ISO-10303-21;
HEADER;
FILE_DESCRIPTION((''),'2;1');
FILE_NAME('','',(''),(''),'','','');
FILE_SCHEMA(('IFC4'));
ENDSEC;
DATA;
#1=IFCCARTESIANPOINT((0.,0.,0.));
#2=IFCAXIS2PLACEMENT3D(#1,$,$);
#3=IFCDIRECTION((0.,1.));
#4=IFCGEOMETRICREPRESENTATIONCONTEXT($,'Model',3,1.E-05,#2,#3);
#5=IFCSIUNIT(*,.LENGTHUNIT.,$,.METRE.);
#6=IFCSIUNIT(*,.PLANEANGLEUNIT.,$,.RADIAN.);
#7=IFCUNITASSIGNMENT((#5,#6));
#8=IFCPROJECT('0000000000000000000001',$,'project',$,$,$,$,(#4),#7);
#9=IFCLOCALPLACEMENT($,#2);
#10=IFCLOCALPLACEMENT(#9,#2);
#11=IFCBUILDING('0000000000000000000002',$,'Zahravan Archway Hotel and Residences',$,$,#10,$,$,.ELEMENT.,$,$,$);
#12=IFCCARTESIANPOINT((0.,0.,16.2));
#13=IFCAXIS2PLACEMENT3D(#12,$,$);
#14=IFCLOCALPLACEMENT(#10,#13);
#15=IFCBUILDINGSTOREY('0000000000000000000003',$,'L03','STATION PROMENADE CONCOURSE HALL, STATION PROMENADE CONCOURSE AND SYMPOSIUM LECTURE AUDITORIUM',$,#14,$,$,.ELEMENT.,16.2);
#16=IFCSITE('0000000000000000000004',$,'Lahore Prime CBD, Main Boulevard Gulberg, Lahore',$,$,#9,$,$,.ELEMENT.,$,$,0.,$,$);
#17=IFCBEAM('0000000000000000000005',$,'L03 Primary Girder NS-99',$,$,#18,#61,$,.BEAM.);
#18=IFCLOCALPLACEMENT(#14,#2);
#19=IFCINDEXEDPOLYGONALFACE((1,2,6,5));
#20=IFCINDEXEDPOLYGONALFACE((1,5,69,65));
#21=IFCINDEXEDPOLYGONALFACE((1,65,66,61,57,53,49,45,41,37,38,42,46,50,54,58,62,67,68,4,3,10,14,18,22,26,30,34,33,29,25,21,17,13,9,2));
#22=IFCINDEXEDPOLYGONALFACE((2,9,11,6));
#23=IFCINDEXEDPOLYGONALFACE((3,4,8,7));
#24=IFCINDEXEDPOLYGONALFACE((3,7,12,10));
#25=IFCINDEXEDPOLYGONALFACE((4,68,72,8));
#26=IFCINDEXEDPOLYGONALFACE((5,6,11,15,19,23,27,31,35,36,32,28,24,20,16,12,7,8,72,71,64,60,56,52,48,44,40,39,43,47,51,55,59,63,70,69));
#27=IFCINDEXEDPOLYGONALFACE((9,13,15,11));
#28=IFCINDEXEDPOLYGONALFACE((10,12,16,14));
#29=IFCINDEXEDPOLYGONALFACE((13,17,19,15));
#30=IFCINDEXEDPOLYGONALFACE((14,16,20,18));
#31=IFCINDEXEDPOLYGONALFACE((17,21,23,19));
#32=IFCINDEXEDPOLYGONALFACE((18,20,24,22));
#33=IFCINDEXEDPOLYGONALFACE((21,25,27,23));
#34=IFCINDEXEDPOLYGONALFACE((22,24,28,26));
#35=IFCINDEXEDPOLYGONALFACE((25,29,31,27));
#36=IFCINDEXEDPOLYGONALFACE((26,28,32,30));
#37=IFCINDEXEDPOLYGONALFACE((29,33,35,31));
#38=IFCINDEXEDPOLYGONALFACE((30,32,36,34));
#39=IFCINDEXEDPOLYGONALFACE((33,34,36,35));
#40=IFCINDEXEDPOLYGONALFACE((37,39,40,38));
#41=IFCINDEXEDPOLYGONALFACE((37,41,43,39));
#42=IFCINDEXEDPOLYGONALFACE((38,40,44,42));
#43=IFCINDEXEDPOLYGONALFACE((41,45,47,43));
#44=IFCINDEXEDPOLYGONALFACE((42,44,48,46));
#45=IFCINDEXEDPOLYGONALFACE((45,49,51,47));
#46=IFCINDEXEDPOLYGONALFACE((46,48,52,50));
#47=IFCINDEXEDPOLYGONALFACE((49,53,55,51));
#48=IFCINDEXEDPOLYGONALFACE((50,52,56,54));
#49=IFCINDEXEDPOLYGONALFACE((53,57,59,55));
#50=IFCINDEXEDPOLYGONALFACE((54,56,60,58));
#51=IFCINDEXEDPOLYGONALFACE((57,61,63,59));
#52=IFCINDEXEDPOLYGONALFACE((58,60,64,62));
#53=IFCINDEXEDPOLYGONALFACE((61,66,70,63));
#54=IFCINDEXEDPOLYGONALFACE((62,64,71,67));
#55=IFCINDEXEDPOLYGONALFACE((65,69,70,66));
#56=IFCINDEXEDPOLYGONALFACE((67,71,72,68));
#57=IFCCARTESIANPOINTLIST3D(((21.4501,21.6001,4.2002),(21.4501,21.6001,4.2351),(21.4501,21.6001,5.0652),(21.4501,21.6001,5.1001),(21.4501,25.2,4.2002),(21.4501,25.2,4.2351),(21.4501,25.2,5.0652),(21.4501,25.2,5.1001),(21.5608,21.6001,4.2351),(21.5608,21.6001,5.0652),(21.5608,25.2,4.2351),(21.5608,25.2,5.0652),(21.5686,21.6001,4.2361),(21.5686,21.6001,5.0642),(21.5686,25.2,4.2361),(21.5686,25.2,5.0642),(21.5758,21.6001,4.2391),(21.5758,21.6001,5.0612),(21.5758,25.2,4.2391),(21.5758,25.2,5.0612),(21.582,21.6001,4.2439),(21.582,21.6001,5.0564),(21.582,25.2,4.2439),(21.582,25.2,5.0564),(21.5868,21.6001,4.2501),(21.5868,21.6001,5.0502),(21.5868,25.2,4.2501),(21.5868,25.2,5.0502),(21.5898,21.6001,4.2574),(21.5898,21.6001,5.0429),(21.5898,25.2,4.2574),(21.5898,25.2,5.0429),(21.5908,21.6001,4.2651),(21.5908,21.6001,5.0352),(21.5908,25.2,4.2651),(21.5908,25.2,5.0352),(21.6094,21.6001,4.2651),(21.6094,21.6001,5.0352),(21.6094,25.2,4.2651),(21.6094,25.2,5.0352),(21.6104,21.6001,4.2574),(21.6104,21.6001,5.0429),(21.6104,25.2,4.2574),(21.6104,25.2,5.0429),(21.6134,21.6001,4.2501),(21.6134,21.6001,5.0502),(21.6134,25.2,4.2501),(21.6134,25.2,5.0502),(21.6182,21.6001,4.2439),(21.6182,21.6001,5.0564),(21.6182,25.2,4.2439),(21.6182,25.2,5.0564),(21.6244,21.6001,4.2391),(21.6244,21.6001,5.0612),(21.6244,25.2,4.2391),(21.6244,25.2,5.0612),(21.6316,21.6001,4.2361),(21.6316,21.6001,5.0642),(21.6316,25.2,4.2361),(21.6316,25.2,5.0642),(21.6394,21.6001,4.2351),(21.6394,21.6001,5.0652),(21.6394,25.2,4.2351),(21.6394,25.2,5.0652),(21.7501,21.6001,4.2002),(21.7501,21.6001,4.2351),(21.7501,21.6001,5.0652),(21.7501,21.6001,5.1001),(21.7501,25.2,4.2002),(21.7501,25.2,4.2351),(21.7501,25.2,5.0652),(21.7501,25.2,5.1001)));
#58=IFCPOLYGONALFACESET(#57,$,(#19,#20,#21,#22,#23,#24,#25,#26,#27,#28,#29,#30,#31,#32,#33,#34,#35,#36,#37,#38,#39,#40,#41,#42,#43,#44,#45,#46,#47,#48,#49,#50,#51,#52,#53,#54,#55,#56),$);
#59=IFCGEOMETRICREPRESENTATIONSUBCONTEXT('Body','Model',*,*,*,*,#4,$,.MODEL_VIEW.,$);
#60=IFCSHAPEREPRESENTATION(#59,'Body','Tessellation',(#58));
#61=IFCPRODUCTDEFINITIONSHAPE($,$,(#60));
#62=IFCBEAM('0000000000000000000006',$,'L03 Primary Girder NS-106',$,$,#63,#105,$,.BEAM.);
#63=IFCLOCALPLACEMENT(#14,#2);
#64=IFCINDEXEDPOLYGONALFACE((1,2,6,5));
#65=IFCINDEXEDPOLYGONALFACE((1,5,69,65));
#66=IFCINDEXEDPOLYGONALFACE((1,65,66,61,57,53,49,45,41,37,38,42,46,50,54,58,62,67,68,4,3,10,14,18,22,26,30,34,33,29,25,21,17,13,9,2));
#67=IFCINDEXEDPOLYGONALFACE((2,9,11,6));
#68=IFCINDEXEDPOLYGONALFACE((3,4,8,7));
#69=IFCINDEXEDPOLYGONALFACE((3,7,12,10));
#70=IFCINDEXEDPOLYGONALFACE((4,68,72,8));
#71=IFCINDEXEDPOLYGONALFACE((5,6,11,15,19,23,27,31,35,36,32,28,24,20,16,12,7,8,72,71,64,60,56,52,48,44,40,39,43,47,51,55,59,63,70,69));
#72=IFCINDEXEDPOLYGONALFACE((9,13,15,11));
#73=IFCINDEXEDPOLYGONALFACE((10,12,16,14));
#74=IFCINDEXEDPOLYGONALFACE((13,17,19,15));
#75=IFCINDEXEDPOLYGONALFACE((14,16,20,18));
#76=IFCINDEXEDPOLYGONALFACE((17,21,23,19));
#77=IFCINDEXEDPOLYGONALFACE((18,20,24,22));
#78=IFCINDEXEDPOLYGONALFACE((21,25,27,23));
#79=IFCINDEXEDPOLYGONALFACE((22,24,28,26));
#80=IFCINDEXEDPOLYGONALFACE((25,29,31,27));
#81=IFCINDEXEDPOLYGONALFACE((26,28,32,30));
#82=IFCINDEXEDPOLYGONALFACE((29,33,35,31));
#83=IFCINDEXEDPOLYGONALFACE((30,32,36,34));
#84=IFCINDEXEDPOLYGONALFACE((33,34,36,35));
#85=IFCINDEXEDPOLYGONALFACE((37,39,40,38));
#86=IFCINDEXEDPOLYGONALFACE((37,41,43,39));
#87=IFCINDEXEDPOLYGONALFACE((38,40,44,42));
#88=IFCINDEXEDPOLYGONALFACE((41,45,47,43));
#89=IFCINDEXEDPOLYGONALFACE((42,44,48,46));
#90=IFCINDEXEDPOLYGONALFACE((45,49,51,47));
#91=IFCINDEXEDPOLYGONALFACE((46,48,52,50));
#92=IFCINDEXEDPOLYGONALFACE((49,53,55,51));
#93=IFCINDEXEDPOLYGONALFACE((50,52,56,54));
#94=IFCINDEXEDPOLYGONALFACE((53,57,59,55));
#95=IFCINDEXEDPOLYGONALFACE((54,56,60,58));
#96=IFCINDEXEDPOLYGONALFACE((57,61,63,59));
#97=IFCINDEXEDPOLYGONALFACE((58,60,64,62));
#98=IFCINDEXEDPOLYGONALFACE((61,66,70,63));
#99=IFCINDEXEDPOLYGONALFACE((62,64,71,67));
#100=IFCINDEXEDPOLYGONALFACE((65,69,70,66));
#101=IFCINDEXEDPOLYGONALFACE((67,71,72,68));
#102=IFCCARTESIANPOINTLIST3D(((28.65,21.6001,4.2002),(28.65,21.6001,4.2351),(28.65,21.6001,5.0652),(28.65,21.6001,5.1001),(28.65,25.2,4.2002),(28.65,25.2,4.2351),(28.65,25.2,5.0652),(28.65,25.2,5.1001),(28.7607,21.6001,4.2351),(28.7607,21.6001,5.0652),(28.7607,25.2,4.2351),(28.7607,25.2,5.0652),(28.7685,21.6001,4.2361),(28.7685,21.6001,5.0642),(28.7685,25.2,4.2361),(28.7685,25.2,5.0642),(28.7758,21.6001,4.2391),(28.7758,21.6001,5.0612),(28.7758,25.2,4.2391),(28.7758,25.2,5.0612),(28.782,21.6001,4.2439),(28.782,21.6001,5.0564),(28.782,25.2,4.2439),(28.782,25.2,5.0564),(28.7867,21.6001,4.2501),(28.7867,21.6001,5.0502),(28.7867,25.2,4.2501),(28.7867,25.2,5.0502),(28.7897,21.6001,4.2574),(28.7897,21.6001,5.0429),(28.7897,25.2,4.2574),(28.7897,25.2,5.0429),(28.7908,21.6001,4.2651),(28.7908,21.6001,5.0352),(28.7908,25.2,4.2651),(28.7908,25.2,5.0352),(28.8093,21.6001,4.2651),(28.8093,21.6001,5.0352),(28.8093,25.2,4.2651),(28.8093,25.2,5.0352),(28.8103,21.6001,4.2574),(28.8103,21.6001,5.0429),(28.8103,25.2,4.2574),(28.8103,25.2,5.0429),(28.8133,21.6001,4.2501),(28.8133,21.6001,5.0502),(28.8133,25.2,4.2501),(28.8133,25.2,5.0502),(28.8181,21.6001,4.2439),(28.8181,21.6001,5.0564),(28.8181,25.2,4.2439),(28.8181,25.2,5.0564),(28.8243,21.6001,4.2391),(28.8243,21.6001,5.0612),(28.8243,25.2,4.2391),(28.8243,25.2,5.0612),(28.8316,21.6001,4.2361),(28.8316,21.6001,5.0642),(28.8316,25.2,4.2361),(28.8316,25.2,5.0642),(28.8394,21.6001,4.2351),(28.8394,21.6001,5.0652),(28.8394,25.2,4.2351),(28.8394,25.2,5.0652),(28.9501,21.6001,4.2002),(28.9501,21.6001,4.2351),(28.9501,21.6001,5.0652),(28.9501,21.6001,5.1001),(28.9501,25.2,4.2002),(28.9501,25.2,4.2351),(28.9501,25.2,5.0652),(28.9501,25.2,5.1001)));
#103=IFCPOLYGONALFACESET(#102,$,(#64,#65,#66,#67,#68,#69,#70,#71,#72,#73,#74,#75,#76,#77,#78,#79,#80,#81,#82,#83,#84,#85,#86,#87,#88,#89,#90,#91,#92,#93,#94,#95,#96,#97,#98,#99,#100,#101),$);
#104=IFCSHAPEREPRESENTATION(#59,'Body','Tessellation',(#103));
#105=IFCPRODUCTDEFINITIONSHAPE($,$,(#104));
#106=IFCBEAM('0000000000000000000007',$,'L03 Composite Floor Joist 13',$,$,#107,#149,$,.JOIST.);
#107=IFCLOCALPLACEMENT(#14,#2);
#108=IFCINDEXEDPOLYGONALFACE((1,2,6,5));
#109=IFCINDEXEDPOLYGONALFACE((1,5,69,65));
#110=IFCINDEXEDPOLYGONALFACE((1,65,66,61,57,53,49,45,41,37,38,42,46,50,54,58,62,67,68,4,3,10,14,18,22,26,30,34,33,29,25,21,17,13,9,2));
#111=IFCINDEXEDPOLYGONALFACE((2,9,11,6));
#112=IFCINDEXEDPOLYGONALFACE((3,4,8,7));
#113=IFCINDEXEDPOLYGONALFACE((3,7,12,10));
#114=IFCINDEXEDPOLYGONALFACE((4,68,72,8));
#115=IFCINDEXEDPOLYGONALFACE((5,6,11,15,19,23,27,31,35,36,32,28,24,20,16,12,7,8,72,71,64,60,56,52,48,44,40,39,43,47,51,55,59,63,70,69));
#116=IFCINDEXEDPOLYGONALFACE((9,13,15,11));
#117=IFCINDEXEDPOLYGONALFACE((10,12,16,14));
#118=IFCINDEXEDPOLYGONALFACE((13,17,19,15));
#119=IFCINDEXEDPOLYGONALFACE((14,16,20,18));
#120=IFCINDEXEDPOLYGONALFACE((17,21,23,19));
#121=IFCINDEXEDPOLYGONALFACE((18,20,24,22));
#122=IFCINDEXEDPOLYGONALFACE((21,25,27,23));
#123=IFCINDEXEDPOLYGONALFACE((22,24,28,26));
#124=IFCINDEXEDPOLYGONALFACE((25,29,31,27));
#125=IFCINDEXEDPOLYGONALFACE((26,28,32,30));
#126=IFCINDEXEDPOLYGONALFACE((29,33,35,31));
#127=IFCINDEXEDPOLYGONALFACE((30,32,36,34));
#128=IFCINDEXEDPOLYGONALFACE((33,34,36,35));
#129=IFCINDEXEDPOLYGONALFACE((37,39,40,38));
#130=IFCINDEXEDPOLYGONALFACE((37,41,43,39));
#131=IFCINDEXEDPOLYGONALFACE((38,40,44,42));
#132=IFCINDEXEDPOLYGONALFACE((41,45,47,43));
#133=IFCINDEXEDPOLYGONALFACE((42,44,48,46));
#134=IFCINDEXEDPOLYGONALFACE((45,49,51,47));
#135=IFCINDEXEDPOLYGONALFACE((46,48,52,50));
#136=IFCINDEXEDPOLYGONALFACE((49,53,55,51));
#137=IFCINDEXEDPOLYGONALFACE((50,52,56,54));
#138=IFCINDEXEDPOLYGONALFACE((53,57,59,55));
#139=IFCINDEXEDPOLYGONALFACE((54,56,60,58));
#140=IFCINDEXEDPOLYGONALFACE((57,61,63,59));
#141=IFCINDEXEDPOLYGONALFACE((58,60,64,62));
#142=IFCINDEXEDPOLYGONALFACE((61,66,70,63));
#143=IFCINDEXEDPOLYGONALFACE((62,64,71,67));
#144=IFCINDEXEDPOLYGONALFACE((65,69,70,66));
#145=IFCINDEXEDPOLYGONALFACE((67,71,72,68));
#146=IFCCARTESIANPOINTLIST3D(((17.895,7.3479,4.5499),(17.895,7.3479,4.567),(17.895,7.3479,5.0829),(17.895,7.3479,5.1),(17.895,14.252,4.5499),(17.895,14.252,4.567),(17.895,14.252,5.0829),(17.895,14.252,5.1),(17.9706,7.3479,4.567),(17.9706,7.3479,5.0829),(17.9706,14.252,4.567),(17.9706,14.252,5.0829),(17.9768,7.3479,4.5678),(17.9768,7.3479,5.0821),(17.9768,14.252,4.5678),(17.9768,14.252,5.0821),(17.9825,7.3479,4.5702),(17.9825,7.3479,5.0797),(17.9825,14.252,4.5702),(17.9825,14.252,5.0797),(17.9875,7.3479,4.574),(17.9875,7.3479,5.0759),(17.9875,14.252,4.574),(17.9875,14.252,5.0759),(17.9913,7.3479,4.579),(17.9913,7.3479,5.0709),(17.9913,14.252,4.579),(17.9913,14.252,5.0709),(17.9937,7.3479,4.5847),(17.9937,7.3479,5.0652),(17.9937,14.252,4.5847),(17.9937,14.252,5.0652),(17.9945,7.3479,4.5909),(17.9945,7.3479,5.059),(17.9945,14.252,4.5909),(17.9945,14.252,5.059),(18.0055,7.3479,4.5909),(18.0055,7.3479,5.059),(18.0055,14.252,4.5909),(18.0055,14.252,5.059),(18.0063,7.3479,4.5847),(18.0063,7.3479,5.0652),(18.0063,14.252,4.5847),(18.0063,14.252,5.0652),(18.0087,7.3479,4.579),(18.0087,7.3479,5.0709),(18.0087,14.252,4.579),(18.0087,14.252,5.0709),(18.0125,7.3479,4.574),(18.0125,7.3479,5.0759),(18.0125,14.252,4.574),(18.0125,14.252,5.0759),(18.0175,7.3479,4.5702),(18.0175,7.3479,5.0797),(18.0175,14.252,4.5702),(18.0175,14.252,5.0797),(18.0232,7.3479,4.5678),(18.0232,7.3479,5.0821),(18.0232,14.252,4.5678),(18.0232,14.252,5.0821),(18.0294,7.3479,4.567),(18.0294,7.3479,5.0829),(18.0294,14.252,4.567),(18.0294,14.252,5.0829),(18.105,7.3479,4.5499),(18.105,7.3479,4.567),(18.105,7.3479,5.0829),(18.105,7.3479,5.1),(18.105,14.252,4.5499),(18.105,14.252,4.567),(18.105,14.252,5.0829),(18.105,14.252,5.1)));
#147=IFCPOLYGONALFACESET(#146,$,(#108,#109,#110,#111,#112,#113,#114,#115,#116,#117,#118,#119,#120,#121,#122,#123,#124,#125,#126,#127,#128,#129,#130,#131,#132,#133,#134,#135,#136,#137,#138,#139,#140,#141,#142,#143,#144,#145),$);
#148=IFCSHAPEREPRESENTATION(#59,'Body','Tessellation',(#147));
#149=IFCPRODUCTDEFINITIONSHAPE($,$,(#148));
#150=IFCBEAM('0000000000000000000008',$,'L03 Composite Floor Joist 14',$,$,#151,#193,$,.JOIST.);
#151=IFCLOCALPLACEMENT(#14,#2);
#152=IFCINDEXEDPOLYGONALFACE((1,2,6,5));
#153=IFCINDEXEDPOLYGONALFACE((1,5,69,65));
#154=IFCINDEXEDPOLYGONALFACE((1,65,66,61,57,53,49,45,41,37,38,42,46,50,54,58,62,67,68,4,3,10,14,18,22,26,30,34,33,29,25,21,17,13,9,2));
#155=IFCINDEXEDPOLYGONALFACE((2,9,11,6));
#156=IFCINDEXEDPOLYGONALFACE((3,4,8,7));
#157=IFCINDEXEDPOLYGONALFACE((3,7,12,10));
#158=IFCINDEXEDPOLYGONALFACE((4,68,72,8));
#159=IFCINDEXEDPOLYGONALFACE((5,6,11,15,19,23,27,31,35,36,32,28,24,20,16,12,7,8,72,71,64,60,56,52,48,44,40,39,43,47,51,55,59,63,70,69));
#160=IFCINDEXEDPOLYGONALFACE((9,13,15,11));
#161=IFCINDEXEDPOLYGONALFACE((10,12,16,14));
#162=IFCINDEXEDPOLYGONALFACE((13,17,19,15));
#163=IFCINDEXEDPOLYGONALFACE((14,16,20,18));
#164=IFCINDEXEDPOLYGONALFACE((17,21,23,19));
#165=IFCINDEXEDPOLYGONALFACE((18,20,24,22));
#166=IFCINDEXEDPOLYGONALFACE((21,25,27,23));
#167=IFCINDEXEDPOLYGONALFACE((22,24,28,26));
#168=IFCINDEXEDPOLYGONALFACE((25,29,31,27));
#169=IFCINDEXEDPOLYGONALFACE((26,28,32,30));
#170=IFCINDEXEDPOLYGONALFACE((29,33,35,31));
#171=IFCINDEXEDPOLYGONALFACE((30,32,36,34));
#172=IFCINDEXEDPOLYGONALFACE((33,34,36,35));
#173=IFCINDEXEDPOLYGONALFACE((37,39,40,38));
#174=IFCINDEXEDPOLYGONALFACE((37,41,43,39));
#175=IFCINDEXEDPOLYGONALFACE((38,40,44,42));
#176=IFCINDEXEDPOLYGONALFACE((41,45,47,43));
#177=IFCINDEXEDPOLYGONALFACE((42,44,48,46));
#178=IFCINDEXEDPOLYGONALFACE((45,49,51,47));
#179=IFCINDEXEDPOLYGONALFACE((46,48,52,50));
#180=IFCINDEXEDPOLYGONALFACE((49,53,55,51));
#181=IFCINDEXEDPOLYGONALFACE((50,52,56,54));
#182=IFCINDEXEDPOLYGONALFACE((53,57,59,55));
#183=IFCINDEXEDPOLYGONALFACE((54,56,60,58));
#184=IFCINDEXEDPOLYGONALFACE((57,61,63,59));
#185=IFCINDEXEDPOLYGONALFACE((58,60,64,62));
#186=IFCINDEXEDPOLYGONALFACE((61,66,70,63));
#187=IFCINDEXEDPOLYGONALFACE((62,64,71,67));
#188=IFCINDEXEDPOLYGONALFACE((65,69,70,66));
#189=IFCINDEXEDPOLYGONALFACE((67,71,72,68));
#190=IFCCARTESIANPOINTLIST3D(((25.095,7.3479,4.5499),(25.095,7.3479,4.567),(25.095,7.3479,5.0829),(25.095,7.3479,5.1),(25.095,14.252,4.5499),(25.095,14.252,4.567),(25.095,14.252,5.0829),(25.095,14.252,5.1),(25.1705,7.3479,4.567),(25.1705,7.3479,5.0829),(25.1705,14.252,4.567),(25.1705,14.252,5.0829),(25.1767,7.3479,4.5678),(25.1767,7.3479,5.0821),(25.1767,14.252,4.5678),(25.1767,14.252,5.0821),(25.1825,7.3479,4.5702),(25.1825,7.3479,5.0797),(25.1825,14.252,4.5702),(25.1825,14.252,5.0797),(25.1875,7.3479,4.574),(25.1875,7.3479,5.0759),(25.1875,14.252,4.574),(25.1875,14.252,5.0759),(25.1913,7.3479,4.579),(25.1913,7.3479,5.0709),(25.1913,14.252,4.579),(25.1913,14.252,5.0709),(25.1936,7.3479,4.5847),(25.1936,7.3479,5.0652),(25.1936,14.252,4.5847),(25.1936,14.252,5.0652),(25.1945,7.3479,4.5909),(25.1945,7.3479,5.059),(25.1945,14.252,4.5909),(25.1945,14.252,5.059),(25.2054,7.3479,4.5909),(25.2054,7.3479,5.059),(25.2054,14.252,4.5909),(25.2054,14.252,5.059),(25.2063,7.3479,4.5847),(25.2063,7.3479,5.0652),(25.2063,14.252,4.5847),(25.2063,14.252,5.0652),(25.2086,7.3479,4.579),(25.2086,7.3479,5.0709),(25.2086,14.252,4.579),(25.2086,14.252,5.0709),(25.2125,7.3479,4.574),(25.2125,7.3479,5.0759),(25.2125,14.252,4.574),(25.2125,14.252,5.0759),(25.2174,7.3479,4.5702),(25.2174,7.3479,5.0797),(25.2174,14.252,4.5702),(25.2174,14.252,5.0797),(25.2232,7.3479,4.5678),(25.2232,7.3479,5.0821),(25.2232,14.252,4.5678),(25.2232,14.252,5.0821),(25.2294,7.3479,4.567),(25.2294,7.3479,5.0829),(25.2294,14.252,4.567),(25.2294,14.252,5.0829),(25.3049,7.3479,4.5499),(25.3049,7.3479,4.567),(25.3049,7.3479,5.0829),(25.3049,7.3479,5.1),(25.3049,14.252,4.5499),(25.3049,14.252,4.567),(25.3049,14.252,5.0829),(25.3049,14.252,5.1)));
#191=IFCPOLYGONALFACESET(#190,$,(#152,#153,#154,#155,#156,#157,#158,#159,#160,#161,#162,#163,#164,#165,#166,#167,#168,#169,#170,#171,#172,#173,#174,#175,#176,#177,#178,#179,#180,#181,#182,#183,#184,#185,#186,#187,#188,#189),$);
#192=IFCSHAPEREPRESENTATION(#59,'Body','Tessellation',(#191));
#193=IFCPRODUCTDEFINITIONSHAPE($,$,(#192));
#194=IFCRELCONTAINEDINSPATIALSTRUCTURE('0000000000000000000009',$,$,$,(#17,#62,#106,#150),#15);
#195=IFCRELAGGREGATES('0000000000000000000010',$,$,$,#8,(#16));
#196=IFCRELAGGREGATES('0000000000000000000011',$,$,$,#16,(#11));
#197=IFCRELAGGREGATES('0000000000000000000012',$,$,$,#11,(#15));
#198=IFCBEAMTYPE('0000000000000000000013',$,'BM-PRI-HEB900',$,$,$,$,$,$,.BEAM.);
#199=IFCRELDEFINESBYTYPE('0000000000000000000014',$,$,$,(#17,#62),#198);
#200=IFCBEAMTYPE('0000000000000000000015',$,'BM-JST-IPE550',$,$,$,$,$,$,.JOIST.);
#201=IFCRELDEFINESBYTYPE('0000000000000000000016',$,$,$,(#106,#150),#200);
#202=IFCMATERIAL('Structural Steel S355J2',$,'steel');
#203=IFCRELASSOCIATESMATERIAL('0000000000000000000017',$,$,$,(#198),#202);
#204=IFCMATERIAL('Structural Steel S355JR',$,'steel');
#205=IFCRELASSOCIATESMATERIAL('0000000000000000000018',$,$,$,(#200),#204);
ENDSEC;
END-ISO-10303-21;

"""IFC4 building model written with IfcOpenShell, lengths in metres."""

from ifc_helpers import new_model, si_unit, direction, frame, origin, origin_2d, place, context, subcontext, project, spatial, i_section, extrude, source, transform, mapped, material, material_profile, profile_set, type_object, type_shapes, element, save


model = new_model("IFC4")

# Units and contexts
model_context = context("Model", 3, precision=1e-05, world=origin(), true_north=direction((0.0, 1.0)))
body_context = subcontext(model_context, "Body", "Model", "MODEL_VIEW")
ifc_project = project(units=[si_unit("LENGTHUNIT", "METRE"), si_unit("PLANEANGLEUNIT", "RADIAN")], contexts=[model_context])

# Site, building, storey
site_placement = place(None, origin())
site = spatial("IfcSite", under=ifc_project, at=site_placement, Name="Lahore Prime CBD, Main Boulevard Gulberg, Lahore", CompositionType="ELEMENT", RefElevation=0.0)
building_placement = place(site_placement, origin())
building = spatial("IfcBuilding", under=site, at=building_placement, Name="Zahravan Archway Hotel and Residences", CompositionType="ELEMENT")
storey_placement = place(building_placement, frame((0.0, 0.0, 16.2)))
storey = spatial("IfcBuildingStorey", under=building, at=storey_placement, Name="L03", Description="STATION PROMENADE CONCOURSE HALL, STATION PROMENADE CONCOURSE AND SYMPOSIUM LECTURE AUDITORIUM", CompositionType="ELEMENT", Elevation=16.2)

# Beams
ifc_material_1 = material(Name="Structural Steel S355J2", Category="steel")
ifc_material_profile_1 = material_profile(ifc_material_1, i_section(OverallWidth=0.3, OverallDepth=0.8999, WebThickness=0.0186, FlangeThickness=0.0349, FilletRadius=0.03, at=origin_2d()), Name="HEB 900", Category="steel")
ifc_profile_set_1 = profile_set([ifc_material_profile_1], Name="Structural Steel S355J2")
beam_type_1 = type_object("IfcBeamType", Name="BM-PRI-HEB900", PredefinedType="BEAM", material=ifc_profile_set_1)
shared_shape_1 = source(origin(), body_context, "Body", "SweptSolid", [
    extrude(i_section(OverallWidth=0.3, OverallDepth=0.8999, WebThickness=0.0186, FlangeThickness=0.0349, FilletRadius=0.03, at=origin_2d()), origin(), (0.0, 0.0, 1.0), 3.5999),
])
for number, where, z_axis, x_axis, name in (
    (1, (21.6001, 21.6001, 4.6501), (0.0, 1.0, 0.0), (-1.0, 0.0, 0.0), "L03 Primary Girder NS-99"),
    (2, (28.8, 21.6001, 4.6501), (0.0, 1.0, 0.0), (-1.0, 0.0, 0.0), "L03 Primary Girder NS-106"),
):
    element("IfcBeam", number, at=place(storey_placement, frame(where, z_axis=z_axis, x_axis=x_axis)), inside=storey, type_object=beam_type_1, Name=name, PredefinedType="BEAM", context=body_context, shape_type="MappedRepresentation", body=[
        mapped(shared_shape_1, transform((0.0, 0.0, 0.0), scale=1.0)),
    ])
ifc_material_2 = material(Name="Structural Steel S355JR", Category="steel")
ifc_material_profile_2 = material_profile(ifc_material_2, i_section(OverallWidth=0.21, OverallDepth=0.55, WebThickness=0.011, FlangeThickness=0.0171, FilletRadius=0.0239, at=origin_2d()), Name="IPE 550", Category="steel")
ifc_profile_set_2 = profile_set([ifc_material_profile_2], Name="Structural Steel S355JR")
beam_type_2 = type_object("IfcBeamType", Name="BM-JST-IPE550", PredefinedType="JOIST", material=ifc_profile_set_2)
shared_shape_2 = source(origin(), body_context, "Body", "SweptSolid", [
    extrude(i_section(OverallWidth=0.21, OverallDepth=0.55, WebThickness=0.011, FlangeThickness=0.0171, FilletRadius=0.0239, at=origin_2d()), origin(), (0.0, 0.0, 1.0), 6.9041),
])
type_shapes(beam_type_2, [shared_shape_2])
for number, where, z_axis, x_axis, name in (
    (3, (18.0, 7.3479, 4.825), (0.0, 1.0, 0.0), (-1.0, 0.0, 0.0), "L03 Composite Floor Joist 13"),
    (4, (25.2, 7.3479, 4.825), (0.0, 1.0, 0.0), (-1.0, 0.0, 0.0), "L03 Composite Floor Joist 14"),
):
    element("IfcBeam", number, at=place(storey_placement, frame(where, z_axis=z_axis, x_axis=x_axis)), inside=storey, type_object=beam_type_2, Name=name, PredefinedType="JOIST", context=body_context, shape_type="MappedRepresentation", body=[
        mapped(shared_shape_2, transform((0.0, 0.0, 0.0), scale=1.0)),
    ])

save(model, "model.ifc")
